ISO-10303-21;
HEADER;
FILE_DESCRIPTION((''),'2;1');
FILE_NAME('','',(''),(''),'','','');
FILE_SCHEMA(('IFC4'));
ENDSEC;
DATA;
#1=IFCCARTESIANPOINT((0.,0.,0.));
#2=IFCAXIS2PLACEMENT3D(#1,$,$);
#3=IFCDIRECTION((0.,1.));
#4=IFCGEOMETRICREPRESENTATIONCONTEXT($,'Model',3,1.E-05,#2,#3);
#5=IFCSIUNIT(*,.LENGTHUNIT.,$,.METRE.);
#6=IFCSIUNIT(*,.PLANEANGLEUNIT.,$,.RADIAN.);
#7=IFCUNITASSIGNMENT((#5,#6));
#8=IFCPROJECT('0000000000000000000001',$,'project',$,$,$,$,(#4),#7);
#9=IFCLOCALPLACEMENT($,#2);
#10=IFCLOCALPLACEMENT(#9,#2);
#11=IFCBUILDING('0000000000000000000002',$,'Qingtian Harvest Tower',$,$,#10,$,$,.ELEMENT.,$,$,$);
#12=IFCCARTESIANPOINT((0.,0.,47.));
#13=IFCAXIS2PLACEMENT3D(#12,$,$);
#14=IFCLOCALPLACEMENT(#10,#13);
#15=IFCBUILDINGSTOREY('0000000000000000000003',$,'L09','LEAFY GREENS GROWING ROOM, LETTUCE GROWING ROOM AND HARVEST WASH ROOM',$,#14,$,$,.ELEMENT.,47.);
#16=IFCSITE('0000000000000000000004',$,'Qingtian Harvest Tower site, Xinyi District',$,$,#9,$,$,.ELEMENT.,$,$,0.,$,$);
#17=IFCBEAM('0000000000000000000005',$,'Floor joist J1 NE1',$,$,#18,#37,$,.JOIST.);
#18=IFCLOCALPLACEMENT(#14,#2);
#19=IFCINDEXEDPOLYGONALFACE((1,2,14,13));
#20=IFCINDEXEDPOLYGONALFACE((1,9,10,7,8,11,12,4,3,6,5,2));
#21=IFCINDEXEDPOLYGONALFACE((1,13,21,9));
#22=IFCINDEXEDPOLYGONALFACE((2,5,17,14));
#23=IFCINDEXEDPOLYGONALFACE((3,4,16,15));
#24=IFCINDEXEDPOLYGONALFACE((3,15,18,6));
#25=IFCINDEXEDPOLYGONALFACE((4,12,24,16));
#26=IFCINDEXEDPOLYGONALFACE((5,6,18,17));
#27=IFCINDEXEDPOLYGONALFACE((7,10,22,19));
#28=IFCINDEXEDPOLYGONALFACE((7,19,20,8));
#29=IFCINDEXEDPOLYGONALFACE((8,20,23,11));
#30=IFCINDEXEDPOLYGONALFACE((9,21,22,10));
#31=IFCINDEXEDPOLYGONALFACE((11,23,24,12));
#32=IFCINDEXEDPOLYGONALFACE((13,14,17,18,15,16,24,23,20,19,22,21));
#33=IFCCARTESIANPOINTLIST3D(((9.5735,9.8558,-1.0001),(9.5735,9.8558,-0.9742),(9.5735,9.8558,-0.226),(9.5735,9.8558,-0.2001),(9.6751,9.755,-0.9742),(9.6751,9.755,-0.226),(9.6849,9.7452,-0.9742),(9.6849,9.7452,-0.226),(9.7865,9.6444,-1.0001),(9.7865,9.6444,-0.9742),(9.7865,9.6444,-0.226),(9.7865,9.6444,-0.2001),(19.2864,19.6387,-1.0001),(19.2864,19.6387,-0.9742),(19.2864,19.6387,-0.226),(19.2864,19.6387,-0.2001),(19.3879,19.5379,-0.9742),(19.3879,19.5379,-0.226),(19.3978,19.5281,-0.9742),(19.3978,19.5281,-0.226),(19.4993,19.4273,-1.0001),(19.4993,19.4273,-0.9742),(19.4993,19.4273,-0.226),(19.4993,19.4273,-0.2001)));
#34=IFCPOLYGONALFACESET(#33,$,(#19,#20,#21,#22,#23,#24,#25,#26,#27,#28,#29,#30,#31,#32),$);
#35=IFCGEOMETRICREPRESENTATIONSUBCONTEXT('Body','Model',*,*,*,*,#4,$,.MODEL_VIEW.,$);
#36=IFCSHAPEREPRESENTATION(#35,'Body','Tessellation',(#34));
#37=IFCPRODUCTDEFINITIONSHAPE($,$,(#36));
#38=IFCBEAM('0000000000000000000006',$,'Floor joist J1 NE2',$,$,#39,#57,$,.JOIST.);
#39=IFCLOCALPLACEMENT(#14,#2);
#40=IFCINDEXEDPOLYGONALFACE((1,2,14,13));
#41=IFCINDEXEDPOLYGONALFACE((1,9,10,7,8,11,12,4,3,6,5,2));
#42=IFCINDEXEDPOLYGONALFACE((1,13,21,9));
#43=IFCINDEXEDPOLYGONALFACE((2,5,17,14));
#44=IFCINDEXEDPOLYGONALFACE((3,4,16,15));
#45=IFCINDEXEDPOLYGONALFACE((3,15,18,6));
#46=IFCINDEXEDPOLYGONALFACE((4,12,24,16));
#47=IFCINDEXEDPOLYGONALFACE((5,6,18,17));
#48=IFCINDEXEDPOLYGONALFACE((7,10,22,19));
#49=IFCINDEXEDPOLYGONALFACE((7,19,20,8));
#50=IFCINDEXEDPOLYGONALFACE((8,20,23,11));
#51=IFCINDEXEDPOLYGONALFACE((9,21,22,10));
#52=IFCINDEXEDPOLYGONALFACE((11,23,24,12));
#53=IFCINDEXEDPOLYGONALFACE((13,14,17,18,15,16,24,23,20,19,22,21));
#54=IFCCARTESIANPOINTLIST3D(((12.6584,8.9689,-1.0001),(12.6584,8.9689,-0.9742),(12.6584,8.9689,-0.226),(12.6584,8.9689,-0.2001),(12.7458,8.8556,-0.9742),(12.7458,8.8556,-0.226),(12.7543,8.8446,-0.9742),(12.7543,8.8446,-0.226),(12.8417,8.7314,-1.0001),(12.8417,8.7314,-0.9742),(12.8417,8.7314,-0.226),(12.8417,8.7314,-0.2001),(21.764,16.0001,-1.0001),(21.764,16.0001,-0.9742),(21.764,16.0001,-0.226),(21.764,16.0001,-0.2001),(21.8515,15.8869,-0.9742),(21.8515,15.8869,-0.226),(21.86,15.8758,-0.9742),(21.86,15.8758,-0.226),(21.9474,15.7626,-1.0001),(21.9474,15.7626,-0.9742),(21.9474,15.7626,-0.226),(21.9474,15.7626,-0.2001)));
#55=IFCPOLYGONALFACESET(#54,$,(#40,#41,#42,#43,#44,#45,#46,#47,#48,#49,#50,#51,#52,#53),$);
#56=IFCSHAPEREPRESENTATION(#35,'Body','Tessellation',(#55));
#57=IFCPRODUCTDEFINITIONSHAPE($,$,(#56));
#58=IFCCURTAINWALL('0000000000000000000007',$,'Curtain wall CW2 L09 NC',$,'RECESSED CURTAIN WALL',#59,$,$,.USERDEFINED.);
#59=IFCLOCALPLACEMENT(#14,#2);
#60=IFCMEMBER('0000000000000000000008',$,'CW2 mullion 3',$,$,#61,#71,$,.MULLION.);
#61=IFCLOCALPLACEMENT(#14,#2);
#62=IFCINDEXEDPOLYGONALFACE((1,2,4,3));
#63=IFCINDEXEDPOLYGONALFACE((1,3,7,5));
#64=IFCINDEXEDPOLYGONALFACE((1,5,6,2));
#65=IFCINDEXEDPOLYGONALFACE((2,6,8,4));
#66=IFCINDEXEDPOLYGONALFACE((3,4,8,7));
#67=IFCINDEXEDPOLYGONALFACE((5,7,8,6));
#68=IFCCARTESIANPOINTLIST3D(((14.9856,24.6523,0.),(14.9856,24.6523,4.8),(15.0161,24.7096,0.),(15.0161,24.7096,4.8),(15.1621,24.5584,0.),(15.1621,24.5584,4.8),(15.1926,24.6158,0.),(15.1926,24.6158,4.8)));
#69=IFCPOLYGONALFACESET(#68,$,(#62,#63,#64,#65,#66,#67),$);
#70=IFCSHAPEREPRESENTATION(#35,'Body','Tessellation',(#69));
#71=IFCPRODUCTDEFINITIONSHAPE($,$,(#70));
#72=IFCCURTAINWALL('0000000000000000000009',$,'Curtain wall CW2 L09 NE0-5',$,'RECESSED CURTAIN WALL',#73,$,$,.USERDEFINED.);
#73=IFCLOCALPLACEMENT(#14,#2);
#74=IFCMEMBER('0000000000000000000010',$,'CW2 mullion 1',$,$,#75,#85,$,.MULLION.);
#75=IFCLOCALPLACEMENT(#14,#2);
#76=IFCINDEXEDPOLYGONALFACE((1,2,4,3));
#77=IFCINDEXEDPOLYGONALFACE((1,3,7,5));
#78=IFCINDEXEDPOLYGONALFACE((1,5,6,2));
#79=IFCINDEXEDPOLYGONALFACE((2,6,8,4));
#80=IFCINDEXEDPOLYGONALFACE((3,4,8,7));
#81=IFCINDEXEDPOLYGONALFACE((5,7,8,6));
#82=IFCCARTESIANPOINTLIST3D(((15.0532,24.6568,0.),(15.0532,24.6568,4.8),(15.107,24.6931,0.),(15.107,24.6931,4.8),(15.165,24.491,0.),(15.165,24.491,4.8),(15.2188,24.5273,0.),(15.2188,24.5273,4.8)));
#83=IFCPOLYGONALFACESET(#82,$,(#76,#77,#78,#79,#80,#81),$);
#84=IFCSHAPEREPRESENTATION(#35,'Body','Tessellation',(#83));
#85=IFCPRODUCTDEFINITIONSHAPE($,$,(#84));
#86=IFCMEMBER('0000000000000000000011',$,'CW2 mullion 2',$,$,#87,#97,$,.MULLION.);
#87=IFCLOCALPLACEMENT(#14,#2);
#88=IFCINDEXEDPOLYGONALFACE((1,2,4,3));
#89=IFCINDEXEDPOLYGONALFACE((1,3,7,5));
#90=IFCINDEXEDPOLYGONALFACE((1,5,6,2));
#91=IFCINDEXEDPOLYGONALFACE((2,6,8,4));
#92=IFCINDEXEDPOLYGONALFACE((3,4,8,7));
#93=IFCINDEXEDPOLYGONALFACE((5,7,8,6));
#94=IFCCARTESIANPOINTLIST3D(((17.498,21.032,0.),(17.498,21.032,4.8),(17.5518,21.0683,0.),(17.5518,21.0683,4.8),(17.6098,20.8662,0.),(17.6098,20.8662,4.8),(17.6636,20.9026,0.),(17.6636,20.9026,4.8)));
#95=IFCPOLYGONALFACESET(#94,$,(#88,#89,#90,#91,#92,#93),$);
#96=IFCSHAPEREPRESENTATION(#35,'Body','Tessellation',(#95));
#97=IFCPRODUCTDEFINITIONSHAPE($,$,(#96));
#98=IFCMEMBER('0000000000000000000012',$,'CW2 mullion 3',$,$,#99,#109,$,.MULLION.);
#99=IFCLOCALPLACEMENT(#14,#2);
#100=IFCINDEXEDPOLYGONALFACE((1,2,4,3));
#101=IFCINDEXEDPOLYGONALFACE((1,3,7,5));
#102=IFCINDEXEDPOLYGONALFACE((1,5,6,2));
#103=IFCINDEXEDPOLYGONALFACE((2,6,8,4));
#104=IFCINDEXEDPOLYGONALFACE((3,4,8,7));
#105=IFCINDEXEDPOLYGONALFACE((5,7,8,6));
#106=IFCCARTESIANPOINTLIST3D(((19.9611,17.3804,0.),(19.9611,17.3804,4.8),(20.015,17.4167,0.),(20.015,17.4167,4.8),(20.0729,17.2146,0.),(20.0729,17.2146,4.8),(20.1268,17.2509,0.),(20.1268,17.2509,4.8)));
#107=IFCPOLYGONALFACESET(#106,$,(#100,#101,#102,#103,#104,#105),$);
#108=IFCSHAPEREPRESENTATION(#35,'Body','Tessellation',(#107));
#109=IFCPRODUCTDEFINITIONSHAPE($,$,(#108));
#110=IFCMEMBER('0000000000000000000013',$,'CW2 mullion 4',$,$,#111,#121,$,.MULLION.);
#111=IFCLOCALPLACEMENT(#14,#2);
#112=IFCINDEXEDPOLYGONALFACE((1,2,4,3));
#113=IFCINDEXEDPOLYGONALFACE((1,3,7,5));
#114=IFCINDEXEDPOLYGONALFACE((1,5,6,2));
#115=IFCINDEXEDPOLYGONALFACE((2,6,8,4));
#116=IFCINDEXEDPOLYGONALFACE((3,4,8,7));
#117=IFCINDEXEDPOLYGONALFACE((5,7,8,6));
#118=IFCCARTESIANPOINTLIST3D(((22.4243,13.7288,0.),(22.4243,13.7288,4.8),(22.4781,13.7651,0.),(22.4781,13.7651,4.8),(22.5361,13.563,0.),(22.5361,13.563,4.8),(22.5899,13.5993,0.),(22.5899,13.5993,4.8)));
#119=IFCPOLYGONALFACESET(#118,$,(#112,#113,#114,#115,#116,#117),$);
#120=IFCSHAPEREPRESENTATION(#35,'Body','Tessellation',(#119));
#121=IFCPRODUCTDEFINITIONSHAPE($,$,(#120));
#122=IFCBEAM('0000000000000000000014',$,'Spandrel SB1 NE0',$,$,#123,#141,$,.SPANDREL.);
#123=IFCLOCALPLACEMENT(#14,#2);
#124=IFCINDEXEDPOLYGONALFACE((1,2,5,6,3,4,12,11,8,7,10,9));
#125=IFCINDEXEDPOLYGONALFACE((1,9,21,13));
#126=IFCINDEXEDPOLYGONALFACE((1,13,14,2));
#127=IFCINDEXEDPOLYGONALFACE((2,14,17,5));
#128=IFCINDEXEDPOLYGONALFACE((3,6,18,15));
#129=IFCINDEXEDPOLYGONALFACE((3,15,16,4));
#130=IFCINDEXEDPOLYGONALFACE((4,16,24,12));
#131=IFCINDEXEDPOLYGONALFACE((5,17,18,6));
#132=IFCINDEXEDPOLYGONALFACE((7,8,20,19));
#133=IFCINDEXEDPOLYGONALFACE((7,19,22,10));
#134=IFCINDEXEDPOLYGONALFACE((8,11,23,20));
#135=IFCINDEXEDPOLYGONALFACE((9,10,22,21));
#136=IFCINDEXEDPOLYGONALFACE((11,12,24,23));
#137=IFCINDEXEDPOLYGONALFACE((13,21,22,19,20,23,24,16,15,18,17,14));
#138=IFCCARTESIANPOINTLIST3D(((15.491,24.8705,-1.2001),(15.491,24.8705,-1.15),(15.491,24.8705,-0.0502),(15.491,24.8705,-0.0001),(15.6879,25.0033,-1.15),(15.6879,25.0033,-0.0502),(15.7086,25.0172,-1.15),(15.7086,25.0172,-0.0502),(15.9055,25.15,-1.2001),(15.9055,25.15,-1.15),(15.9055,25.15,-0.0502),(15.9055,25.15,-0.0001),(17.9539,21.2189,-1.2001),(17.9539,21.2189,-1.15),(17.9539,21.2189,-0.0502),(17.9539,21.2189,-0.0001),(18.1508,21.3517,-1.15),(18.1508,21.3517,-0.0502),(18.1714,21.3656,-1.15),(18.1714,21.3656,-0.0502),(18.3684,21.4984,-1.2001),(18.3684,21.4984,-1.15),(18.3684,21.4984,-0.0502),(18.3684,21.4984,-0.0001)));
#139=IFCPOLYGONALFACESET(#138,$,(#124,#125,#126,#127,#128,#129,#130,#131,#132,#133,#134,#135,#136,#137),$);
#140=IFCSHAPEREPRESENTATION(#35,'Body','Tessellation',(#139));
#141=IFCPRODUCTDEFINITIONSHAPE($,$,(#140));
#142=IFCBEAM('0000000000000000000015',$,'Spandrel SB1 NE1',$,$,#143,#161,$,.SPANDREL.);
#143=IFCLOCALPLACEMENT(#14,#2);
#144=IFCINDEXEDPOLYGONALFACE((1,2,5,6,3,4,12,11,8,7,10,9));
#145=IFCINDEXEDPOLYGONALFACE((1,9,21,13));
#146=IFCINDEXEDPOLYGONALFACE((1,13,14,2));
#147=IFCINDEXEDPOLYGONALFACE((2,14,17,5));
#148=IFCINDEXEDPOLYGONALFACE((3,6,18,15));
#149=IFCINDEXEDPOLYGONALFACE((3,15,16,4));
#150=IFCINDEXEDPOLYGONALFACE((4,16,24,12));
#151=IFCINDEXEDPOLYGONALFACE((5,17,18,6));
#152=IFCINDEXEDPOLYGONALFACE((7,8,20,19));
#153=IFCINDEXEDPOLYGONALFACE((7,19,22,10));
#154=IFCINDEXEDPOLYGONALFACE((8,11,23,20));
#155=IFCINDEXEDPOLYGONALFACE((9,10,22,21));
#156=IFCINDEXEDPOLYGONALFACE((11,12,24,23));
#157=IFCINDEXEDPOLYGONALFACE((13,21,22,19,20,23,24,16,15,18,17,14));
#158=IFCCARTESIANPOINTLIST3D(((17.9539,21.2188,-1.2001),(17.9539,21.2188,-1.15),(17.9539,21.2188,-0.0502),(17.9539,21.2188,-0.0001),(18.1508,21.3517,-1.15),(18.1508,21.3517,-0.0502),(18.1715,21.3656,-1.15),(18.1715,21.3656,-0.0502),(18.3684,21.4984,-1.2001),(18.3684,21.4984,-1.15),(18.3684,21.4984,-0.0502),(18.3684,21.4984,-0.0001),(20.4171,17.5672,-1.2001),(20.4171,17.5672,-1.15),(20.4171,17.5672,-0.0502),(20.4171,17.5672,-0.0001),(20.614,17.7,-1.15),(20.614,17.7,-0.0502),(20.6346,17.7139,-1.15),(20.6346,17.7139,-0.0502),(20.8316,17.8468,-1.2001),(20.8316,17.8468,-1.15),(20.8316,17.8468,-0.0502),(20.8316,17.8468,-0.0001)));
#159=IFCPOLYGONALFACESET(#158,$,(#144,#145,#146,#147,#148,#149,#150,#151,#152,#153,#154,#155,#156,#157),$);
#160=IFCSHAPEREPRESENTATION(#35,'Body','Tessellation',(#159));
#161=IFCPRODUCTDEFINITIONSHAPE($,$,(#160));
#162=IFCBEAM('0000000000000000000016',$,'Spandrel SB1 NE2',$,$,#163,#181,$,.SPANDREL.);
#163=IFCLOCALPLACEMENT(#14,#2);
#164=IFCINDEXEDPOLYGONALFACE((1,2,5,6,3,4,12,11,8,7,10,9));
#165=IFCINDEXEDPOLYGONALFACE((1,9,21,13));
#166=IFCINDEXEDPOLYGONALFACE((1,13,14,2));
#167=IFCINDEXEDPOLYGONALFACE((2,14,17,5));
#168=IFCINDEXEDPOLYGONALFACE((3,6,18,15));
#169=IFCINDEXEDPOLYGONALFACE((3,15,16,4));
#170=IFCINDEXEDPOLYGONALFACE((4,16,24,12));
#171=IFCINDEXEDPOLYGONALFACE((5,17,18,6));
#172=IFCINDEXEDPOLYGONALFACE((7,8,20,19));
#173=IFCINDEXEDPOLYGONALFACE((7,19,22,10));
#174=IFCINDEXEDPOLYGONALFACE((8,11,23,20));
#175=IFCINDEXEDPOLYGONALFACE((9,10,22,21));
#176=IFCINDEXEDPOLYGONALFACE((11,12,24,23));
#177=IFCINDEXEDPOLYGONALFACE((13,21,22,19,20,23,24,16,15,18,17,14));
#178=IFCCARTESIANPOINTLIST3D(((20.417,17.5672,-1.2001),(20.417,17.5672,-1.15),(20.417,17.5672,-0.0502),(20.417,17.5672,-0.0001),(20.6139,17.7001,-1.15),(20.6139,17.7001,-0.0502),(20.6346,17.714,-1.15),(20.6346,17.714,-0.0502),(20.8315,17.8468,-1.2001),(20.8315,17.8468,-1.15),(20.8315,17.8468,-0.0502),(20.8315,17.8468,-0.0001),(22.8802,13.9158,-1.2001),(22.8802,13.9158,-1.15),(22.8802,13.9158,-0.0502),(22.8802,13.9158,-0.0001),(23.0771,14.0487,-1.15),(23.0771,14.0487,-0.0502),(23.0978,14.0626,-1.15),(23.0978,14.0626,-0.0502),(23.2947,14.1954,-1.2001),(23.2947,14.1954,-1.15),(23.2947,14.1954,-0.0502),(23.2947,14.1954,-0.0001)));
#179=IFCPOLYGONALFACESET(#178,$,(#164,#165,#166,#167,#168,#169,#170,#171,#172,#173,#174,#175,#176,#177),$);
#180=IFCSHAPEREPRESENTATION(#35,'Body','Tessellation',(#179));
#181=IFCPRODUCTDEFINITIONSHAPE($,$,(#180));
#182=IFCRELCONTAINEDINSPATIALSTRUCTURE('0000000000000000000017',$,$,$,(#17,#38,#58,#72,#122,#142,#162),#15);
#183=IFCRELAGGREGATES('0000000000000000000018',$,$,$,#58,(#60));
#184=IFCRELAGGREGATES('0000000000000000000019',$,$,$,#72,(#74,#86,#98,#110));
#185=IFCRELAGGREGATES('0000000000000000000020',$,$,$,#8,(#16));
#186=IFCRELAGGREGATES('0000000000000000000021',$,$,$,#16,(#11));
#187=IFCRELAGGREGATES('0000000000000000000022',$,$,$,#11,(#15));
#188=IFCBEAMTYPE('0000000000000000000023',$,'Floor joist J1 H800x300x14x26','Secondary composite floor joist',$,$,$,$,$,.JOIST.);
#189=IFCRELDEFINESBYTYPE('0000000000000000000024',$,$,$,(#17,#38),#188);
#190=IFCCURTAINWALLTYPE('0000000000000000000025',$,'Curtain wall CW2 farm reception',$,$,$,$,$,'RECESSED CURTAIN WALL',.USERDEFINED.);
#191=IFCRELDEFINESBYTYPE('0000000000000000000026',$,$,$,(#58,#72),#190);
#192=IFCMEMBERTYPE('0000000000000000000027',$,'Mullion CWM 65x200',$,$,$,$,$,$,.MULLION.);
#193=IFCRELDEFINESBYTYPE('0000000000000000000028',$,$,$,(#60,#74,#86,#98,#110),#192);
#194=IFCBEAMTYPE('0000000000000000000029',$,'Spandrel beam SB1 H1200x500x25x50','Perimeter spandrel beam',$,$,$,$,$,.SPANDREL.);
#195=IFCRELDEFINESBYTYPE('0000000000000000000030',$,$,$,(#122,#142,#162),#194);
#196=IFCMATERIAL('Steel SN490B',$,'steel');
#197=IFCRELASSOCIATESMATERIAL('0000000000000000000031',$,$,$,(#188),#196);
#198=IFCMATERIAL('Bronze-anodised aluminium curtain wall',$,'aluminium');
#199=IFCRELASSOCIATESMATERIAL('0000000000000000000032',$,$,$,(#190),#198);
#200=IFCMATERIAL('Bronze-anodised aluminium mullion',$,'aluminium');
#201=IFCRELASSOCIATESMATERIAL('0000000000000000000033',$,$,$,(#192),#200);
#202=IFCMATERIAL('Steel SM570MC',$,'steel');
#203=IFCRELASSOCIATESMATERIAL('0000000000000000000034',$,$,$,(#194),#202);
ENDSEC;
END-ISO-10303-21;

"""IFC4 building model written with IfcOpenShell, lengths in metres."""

from ifc_helpers import new_model, si_unit, direction, frame, origin, origin_2d, place, context, subcontext, project, spatial, rectangle, i_section, extrude, material, material_profile, profile_set, type_object, element, aggregate, save


model = new_model("IFC4")

# Units and contexts
model_context = context("Model", 3, precision=1e-05, world=origin(), true_north=direction((0.0, 1.0)))
body_context = subcontext(model_context, "Body", "Model", "MODEL_VIEW")
ifc_project = project(units=[si_unit("LENGTHUNIT", "METRE"), si_unit("PLANEANGLEUNIT", "RADIAN")], contexts=[model_context])

# Site, building, storey
site_placement = place(None, origin())
site = spatial("IfcSite", under=ifc_project, at=site_placement, Name="Qingtian Harvest Tower site, Xinyi District", CompositionType="ELEMENT", RefElevation=0.0)
building_placement = place(site_placement, origin())
building = spatial("IfcBuilding", under=site, at=building_placement, Name="Qingtian Harvest Tower", CompositionType="ELEMENT")
storey_placement = place(building_placement, frame((0.0, 0.0, 47.0)))
storey = spatial("IfcBuildingStorey", under=building, at=storey_placement, Name="L09", Description="LEAFY GREENS GROWING ROOM, LETTUCE GROWING ROOM AND HARVEST WASH ROOM", CompositionType="ELEMENT", Elevation=47.0)

# Beams
ifc_material_1 = material(Name="Steel SN490B", Category="steel")
ifc_material_profile_1 = material_profile(ifc_material_1, i_section(OverallWidth=0.3, OverallDepth=0.8, WebThickness=0.0139, FlangeThickness=0.0259, at=origin_2d()), Name="H800x300x14x26")
ifc_profile_set_1 = profile_set([ifc_material_profile_1], Name="Steel SN490B")
beam_type_1 = type_object("IfcBeamType", Name="Floor joist J1 H800x300x14x26", Description="Secondary composite floor joist", PredefinedType="JOIST", material=ifc_profile_set_1)
beam_1_placement = place(storey_placement, frame((19.3928, 19.533, -0.6001), z_axis=(-0.704561, -0.709644, 0.0), x_axis=(0.709644, -0.704561, 0.0)))
element("IfcBeam", 1, at=beam_1_placement, inside=storey, type_object=beam_type_1, Name="Floor joist J1 NE1", PredefinedType="JOIST", context=body_context, shape_type="SweptSolid", body=[
    extrude(i_section(OverallWidth=0.3, OverallDepth=0.8, WebThickness=0.0139, FlangeThickness=0.0259, at=origin_2d()), origin(), (0.0, 0.0, 1.0), 13.7856),
])
beam_2_placement = place(storey_placement, frame((21.8557, 15.8813, -0.6001), z_axis=(-0.791495, -0.611176, 0.0), x_axis=(0.611176, -0.791495, 0.0)))
element("IfcBeam", 2, at=beam_2_placement, inside=storey, type_object=beam_type_1, Name="Floor joist J1 NE2", PredefinedType="JOIST", context=body_context, shape_type="SweptSolid", body=[
    extrude(i_section(OverallWidth=0.3, OverallDepth=0.8, WebThickness=0.0139, FlangeThickness=0.0259, at=origin_2d()), origin(), (0.0, 0.0, 1.0), 11.5044),
])

# Curtain wall, member
ifc_material_2 = material(Name="Bronze-anodised aluminium curtain wall", Category="aluminium")
curtain_wall_type = type_object("IfcCurtainWallType", Name="Curtain wall CW2 farm reception", ElementType="RECESSED CURTAIN WALL", PredefinedType="USERDEFINED", material=ifc_material_2)
curtain_wall_1_placement = place(storey_placement, origin())
curtain_wall_1 = element("IfcCurtainWall", 3, at=curtain_wall_1_placement, inside=storey, type_object=curtain_wall_type, Name="Curtain wall CW2 L09 NC", ObjectType="RECESSED CURTAIN WALL", PredefinedType="USERDEFINED")
ifc_material_3 = material(Name="Bronze-anodised aluminium mullion", Category="aluminium")
ifc_material_profile_2 = material_profile(ifc_material_3, rectangle(XDim=0.0649, YDim=0.2, at=origin_2d()), Name="AL 65x200")
ifc_profile_set_2 = profile_set([ifc_material_profile_2], Name="Bronze-anodised aluminium mullion")
member_type_1 = type_object("IfcMemberType", Name="Mullion CWM 65x200", PredefinedType="MULLION", material=ifc_profile_set_2)
member_1_placement = place(storey_placement, frame((15.0891, 24.634, 0.0), z_axis=(0.0, 0.0, 1.0), x_axis=(0.469472, 0.882948, 0.0)))
member_1 = element("IfcMember", 4, at=member_1_placement, type_object=member_type_1, Name="CW2 mullion 3", PredefinedType="MULLION", context=body_context, shape_type="SweptSolid", body=[
    extrude(rectangle(XDim=0.0649, YDim=0.2, at=origin_2d()), origin(), (0.0, 0.0, 1.0), 4.8),
])

# Curtain wall, members
curtain_wall_2_placement = place(storey_placement, origin())
curtain_wall_2 = element("IfcCurtainWall", 5, at=curtain_wall_2_placement, inside=storey, type_object=curtain_wall_type, Name="Curtain wall CW2 L09 NE0-5", ObjectType="RECESSED CURTAIN WALL", PredefinedType="USERDEFINED")
member_2_placement = place(storey_placement, frame((15.136, 24.592, 0.0), z_axis=(0.0, 0.0, 1.0), x_axis=(0.829038, 0.559193, 0.0)))
member_2 = element("IfcMember", 6, at=member_2_placement, type_object=member_type_1, Name="CW2 mullion 1", PredefinedType="MULLION", context=body_context, shape_type="SweptSolid", body=[
    extrude(rectangle(XDim=0.0649, YDim=0.2, at=origin_2d()), origin(), (0.0, 0.0, 1.0), 4.8),
])
member_3_placement = place(storey_placement, frame((17.5808, 20.9673, 0.0), z_axis=(0.0, 0.0, 1.0), x_axis=(0.829038, 0.559193, 0.0)))
member_3 = element("IfcMember", 7, at=member_3_placement, type_object=member_type_1, Name="CW2 mullion 2", PredefinedType="MULLION", context=body_context, shape_type="SweptSolid", body=[
    extrude(rectangle(XDim=0.0649, YDim=0.2, at=origin_2d()), origin(), (0.0, 0.0, 1.0), 4.8),
])
member_4_placement = place(storey_placement, frame((20.0439, 17.3157, 0.0), z_axis=(0.0, 0.0, 1.0), x_axis=(0.829038, 0.559193, 0.0)))
member_4 = element("IfcMember", 8, at=member_4_placement, type_object=member_type_1, Name="CW2 mullion 3", PredefinedType="MULLION", context=body_context, shape_type="SweptSolid", body=[
    extrude(rectangle(XDim=0.0649, YDim=0.2, at=origin_2d()), origin(), (0.0, 0.0, 1.0), 4.8),
])
member_5_placement = place(storey_placement, frame((22.5071, 13.6641, 0.0), z_axis=(0.0, 0.0, 1.0), x_axis=(0.829038, 0.559193, 0.0)))
member_5 = element("IfcMember", 9, at=member_5_placement, type_object=member_type_1, Name="CW2 mullion 4", PredefinedType="MULLION", context=body_context, shape_type="SweptSolid", body=[
    extrude(rectangle(XDim=0.0649, YDim=0.2, at=origin_2d()), origin(), (0.0, 0.0, 1.0), 4.8),
])

# Beams
ifc_material_4 = material(Name="Steel SM570MC", Category="steel")
ifc_material_profile_3 = material_profile(ifc_material_4, i_section(OverallWidth=0.5, OverallDepth=1.2, WebThickness=0.0249, FlangeThickness=0.05, at=origin_2d()), Name="H1200x500x25x50")
ifc_profile_set_3 = profile_set([ifc_material_profile_3], Name="Steel SM570MC")
beam_type_2 = type_object("IfcBeamType", Name="Spandrel beam SB1 H1200x500x25x50", Description="Perimeter spandrel beam", PredefinedType="SPANDREL", material=ifc_profile_set_3)
beam_3_placement = place(storey_placement, frame((15.6982, 25.0103, -0.6001), z_axis=(0.559169, -0.829054, 0.0), x_axis=(0.829054, 0.559169, 0.0)))
element("IfcBeam", 10, at=beam_3_placement, inside=storey, type_object=beam_type_2, Name="Spandrel SB1 NE0", PredefinedType="SPANDREL", context=body_context, shape_type="SweptSolid", body=[
    extrude(i_section(OverallWidth=0.5, OverallDepth=1.2, WebThickness=0.0249, FlangeThickness=0.05, at=origin_2d()), origin(), (0.0, 0.0, 1.0), 4.4045),
])
beam_4_placement = place(storey_placement, frame((18.1611, 21.3586, -0.6001), z_axis=(0.559207, -0.829028, 0.0), x_axis=(0.829028, 0.559207, 0.0)))
element("IfcBeam", 11, at=beam_4_placement, inside=storey, type_object=beam_type_2, Name="Spandrel SB1 NE1", PredefinedType="SPANDREL", context=body_context, shape_type="SweptSolid", body=[
    extrude(i_section(OverallWidth=0.5, OverallDepth=1.2, WebThickness=0.0249, FlangeThickness=0.05, at=origin_2d()), origin(), (0.0, 0.0, 1.0), 4.4048),
])
for number, where, z_axis, x_axis, name in (
    (12, (20.6243, 17.707, -0.6001), (0.559233, -0.829011, 0.0), (0.829011, 0.559233, 0.0), "Spandrel SB1 NE2"),
):
    element("IfcBeam", number, at=place(storey_placement, frame(where, z_axis=z_axis, x_axis=x_axis)), inside=storey, type_object=beam_type_2, Name=name, PredefinedType="SPANDREL", context=body_context, shape_type="SweptSolid", body=[
        extrude(i_section(OverallWidth=0.5, OverallDepth=1.2, WebThickness=0.0249, FlangeThickness=0.05, at=origin_2d()), origin(), (0.0, 0.0, 1.0), 4.4045),
    ])

aggregate(curtain_wall_1, [member_1])
aggregate(curtain_wall_2, [member_2, member_3, member_4, member_5])

save(model, "model.ifc")
